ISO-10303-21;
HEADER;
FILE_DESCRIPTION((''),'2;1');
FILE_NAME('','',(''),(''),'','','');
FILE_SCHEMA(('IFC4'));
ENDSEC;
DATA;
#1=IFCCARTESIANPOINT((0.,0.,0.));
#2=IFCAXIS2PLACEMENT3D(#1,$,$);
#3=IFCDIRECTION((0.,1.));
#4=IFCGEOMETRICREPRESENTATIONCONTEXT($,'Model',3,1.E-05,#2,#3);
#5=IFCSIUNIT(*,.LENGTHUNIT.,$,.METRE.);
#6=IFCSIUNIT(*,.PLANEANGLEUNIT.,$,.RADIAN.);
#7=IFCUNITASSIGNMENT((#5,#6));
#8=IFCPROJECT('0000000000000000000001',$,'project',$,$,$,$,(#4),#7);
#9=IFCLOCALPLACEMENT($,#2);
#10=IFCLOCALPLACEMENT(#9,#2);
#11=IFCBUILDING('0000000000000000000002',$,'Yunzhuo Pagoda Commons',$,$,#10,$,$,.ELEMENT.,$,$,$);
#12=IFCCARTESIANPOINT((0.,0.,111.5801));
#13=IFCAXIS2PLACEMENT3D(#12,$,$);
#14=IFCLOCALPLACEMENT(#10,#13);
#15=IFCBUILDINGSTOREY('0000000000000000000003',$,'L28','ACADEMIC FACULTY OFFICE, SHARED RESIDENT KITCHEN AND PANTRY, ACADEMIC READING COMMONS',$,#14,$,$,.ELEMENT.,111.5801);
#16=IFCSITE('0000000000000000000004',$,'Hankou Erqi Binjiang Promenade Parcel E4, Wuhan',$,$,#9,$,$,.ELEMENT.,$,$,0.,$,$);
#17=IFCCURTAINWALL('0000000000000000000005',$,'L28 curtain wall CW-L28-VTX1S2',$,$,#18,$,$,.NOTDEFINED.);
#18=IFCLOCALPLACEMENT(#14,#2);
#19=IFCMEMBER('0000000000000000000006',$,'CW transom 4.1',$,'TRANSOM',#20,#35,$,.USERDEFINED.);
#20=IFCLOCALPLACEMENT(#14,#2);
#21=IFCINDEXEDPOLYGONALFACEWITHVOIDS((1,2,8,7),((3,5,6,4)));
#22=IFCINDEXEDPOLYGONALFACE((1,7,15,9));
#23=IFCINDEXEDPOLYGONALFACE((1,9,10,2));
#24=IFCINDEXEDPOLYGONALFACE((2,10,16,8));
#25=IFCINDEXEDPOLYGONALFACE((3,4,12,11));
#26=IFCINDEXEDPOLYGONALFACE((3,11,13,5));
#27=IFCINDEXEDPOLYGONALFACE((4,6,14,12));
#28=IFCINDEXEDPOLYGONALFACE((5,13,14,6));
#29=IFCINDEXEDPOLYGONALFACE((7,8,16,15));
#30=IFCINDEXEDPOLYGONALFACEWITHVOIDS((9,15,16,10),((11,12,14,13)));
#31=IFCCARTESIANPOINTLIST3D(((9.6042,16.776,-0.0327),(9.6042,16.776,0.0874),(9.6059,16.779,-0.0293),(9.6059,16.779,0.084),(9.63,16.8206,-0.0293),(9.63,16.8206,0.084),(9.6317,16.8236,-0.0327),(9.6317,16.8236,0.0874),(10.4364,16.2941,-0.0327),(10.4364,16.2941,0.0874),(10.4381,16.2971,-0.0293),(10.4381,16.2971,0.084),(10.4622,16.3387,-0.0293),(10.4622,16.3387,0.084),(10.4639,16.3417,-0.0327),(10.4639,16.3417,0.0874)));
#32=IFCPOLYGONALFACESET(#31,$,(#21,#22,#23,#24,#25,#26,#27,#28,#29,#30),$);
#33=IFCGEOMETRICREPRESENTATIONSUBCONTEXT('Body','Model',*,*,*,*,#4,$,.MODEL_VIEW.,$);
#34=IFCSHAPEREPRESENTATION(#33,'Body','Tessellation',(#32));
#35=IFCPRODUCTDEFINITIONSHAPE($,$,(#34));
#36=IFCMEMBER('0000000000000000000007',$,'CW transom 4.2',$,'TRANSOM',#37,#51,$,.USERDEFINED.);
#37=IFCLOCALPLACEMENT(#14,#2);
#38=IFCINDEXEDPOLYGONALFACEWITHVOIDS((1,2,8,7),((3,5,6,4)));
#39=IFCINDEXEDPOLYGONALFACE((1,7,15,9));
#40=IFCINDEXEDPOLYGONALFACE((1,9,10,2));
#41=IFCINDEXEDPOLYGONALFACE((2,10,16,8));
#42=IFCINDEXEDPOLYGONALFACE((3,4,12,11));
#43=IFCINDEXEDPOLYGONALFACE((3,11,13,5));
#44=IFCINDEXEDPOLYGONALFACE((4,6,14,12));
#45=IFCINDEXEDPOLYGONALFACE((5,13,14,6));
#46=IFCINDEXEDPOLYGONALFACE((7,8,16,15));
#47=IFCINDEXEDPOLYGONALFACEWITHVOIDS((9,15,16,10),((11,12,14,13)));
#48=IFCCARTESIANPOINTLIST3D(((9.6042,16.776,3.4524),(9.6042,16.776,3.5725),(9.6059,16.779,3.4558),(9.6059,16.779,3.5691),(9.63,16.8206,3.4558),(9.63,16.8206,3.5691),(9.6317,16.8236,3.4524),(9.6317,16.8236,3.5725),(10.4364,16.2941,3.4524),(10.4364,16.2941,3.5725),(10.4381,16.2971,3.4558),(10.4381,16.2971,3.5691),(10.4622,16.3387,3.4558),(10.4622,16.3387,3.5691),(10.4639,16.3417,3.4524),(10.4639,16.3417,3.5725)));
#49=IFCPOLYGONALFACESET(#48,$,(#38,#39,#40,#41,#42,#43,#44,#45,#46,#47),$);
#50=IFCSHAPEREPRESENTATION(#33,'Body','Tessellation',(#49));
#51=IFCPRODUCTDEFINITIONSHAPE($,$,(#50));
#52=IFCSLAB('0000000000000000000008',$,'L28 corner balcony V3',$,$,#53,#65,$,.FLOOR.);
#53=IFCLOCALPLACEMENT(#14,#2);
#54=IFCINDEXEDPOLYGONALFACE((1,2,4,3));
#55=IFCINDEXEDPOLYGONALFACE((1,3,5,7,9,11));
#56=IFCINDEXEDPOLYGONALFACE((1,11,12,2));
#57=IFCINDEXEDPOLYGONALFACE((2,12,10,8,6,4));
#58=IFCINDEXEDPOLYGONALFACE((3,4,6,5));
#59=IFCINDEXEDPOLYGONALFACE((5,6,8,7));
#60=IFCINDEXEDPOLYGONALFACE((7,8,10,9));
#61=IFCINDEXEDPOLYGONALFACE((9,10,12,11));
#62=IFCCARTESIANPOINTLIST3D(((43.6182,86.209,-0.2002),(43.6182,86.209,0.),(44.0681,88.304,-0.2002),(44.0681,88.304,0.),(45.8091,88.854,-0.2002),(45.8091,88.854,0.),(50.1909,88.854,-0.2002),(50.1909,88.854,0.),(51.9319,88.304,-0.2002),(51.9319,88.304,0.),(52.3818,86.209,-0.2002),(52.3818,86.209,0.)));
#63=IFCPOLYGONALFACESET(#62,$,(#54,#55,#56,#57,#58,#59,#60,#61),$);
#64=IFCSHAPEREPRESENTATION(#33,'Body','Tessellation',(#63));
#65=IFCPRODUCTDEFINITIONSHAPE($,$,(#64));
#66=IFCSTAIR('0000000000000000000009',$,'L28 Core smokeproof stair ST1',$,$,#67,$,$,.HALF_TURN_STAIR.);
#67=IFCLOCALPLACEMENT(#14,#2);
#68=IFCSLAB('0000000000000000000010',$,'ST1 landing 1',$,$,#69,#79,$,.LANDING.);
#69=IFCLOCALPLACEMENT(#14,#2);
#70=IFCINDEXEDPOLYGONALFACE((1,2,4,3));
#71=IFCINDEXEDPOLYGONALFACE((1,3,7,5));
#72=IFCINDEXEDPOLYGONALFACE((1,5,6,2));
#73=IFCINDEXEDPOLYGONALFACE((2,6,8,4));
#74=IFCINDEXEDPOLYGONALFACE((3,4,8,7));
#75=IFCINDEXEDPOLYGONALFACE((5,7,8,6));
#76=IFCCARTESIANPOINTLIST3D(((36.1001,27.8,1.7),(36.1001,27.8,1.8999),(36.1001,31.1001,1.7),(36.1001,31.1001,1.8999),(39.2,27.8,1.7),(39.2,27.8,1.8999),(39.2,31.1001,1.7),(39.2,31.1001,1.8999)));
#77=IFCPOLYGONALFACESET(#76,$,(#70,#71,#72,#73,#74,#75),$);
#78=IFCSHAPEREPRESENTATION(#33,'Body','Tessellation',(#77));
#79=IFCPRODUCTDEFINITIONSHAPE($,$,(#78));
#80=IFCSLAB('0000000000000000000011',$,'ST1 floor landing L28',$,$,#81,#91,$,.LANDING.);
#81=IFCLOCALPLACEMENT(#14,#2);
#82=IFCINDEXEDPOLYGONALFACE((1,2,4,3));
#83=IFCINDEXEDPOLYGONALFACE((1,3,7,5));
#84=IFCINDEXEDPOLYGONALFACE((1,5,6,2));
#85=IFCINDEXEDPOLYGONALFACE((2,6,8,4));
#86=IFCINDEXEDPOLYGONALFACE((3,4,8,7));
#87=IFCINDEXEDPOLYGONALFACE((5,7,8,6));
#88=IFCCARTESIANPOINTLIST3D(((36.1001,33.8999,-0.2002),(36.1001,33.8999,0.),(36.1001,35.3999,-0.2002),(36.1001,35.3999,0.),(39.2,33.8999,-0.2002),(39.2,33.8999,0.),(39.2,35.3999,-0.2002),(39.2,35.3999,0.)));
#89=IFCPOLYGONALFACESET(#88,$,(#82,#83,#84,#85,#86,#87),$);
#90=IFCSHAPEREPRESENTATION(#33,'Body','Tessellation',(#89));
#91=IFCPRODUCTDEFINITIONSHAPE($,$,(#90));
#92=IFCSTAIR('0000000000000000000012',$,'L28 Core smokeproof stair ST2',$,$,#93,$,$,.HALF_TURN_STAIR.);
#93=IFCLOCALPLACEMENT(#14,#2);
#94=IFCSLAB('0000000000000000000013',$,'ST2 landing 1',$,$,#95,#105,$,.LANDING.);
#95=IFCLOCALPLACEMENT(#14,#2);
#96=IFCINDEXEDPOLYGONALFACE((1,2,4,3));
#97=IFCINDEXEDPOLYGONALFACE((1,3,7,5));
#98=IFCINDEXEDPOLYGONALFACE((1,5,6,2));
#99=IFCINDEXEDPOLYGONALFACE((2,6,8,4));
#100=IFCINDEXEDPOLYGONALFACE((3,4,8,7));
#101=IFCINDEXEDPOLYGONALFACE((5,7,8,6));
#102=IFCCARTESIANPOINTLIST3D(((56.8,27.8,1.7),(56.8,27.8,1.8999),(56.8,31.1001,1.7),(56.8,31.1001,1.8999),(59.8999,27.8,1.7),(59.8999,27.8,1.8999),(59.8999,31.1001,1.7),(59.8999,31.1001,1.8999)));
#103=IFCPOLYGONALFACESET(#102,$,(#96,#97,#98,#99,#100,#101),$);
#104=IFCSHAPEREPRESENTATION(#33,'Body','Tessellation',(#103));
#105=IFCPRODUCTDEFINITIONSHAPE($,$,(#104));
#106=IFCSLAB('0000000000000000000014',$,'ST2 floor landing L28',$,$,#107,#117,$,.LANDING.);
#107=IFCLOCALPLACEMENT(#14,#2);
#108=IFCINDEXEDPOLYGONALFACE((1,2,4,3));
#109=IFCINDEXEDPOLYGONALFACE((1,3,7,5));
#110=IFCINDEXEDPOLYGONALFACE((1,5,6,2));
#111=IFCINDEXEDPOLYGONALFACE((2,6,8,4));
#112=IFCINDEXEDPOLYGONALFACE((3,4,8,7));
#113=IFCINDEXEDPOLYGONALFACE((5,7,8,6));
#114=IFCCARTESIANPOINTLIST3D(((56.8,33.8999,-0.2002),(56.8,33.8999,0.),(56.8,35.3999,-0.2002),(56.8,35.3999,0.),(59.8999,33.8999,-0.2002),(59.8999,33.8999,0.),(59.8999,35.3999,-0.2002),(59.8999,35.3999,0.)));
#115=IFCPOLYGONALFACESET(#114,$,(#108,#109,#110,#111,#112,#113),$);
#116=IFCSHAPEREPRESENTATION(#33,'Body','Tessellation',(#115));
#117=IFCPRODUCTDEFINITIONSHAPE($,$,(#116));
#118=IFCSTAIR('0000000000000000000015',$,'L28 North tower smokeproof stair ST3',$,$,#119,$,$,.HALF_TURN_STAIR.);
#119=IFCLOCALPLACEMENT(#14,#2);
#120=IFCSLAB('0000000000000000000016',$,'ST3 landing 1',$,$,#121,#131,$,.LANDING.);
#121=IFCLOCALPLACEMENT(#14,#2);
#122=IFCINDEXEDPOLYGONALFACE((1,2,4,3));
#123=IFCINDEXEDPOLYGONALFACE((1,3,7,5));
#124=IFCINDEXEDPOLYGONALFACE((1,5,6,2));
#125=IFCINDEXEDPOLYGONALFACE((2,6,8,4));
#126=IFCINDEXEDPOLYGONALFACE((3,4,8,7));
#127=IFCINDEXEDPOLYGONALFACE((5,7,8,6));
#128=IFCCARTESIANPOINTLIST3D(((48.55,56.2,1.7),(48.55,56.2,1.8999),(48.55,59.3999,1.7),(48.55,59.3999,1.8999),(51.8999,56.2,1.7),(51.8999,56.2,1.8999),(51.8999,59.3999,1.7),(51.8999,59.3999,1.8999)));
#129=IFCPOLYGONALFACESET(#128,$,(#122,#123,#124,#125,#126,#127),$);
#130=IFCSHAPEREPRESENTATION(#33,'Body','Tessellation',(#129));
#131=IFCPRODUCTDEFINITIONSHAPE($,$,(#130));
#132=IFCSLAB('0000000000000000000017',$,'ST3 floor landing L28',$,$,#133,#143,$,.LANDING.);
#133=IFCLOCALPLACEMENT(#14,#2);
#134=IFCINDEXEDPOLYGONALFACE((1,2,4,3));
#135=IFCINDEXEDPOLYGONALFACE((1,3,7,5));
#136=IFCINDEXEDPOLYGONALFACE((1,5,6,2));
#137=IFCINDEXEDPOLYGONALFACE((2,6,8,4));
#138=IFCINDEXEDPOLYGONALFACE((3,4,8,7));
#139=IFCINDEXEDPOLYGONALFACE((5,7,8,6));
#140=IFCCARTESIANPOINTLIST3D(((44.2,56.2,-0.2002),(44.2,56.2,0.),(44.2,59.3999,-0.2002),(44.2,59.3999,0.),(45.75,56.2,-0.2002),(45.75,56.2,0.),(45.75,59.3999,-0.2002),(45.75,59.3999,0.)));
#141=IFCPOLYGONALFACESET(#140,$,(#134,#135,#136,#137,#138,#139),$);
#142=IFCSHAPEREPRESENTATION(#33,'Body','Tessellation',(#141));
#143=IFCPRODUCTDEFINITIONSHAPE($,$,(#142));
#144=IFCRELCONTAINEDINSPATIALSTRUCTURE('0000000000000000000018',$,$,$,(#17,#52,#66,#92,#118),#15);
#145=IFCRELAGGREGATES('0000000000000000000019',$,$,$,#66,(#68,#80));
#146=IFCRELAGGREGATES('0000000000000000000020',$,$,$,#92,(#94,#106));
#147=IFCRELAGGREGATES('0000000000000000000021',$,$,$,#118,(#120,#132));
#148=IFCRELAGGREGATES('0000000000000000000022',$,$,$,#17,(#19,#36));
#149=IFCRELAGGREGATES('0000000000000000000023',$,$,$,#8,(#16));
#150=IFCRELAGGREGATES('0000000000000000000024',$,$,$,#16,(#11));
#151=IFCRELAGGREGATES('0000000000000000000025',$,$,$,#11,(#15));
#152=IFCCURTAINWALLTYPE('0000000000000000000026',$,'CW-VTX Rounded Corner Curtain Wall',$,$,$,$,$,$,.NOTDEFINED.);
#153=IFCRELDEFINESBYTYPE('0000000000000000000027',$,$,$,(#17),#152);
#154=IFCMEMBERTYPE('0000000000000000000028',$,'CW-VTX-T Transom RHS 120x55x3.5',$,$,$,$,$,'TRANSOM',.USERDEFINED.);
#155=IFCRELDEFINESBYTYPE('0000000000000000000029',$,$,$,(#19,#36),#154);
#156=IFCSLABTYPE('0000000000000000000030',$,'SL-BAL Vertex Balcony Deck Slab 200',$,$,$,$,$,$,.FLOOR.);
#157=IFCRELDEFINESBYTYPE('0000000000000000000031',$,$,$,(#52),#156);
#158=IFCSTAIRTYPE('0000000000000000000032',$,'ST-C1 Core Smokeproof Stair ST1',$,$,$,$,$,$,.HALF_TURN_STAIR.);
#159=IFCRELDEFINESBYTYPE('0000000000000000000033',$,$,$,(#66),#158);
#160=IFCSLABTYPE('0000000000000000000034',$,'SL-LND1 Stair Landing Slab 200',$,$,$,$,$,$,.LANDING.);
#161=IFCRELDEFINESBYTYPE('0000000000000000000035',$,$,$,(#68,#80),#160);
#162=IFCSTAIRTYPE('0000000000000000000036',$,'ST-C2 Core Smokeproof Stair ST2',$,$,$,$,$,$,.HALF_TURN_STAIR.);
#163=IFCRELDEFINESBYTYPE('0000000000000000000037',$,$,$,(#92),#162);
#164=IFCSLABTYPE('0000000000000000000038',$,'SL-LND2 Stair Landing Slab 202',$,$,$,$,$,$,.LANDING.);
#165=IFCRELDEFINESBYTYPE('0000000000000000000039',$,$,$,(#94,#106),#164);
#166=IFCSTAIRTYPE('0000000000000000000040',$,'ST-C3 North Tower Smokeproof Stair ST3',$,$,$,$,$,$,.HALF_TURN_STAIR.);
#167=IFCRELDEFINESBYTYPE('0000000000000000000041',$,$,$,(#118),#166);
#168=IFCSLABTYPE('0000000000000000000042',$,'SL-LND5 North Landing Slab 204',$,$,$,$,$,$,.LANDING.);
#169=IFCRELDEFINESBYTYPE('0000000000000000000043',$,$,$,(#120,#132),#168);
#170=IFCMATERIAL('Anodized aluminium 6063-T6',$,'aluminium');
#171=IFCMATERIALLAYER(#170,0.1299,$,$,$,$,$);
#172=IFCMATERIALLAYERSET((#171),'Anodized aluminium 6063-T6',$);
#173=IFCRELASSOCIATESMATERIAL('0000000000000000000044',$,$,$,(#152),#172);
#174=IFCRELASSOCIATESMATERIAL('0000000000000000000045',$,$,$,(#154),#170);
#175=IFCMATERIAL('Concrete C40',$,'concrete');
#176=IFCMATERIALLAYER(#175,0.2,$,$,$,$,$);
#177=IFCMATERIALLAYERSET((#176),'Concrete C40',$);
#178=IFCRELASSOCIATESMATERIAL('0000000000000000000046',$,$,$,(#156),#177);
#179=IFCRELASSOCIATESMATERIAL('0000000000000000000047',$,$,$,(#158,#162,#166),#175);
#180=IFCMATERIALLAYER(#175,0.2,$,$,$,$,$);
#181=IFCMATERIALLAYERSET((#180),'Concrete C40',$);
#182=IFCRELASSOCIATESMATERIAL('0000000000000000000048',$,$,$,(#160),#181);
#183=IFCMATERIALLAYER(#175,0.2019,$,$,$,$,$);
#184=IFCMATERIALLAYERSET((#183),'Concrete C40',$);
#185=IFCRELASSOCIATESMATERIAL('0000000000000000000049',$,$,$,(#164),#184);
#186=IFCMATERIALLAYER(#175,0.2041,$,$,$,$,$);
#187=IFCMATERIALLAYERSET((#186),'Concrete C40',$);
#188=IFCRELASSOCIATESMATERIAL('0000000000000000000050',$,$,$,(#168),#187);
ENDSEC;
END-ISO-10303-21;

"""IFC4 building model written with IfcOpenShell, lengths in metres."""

from ifc_helpers import new_model, si_unit, direction, frame, origin, origin_2d, place, context, subcontext, project, spatial, polyline, hollow_rectangle, outline, extrude, source, transform, mapped, material, layer, layer_set, material_profile, profile_set, type_object, element, aggregate, save


model = new_model("IFC4")

# Units and contexts
model_context = context("Model", 3, precision=1e-05, world=origin(), true_north=direction((0.0, 1.0)))
body_context = subcontext(model_context, "Body", "Model", "MODEL_VIEW")
ifc_project = project(units=[si_unit("LENGTHUNIT", "METRE"), si_unit("PLANEANGLEUNIT", "RADIAN")], contexts=[model_context])

# Site, building, storey
site_placement = place(None, origin())
site = spatial("IfcSite", under=ifc_project, at=site_placement, Name="Hankou Erqi Binjiang Promenade Parcel E4, Wuhan", CompositionType="ELEMENT", RefElevation=0.0)
building_placement = place(site_placement, origin())
building = spatial("IfcBuilding", under=site, at=building_placement, Name="Yunzhuo Pagoda Commons", CompositionType="ELEMENT")
storey_placement = place(building_placement, frame((0.0, 0.0, 111.5801)))
storey = spatial("IfcBuildingStorey", under=building, at=storey_placement, Name="L28", Description="ACADEMIC FACULTY OFFICE, SHARED RESIDENT KITCHEN AND PANTRY, ACADEMIC READING COMMONS", CompositionType="ELEMENT", Elevation=111.5801)

# Curtain wall
ifc_material_1 = material(Name="Anodized aluminium 6063-T6", Category="aluminium")
ifc_layer_1 = layer(ifc_material_1, 0.1299)
ifc_layer_set_1 = layer_set([ifc_layer_1], Name="Anodized aluminium 6063-T6")
curtain_wall_type = type_object("IfcCurtainWallType", Name="CW-VTX Rounded Corner Curtain Wall", PredefinedType="NOTDEFINED", material=ifc_layer_set_1)
curtain_wall_1_placement = place(storey_placement, origin())
curtain_wall_1 = element("IfcCurtainWall", 1, at=curtain_wall_1_placement, inside=storey, type_object=curtain_wall_type, Name="L28 curtain wall CW-L28-VTX1S2", PredefinedType="NOTDEFINED")
ifc_material_profile_1 = material_profile(ifc_material_1, hollow_rectangle(XDim=0.0549, YDim=0.1201, WallThickness=0.0034, at=origin_2d()), Name="Anodized aluminium 6063-T6")
ifc_profile_set_1 = profile_set([ifc_material_profile_1], Name="Anodized aluminium 6063-T6")
member_type_1 = type_object("IfcMemberType", Name="CW-VTX-T Transom RHS 120x55x3.5", ElementType="TRANSOM", PredefinedType="USERDEFINED", material=ifc_profile_set_1)

# Members
shared_shape_1 = source(origin(), body_context, "Body", "SweptSolid", [
    extrude(hollow_rectangle(XDim=0.0549, YDim=0.1201, WallThickness=0.0034, at=origin_2d()), origin(), (0.0, 0.0, 1.0), 0.9617),
])
member_1_placement = place(storey_placement, frame((9.6179, 16.7998, 0.0273), z_axis=(0.865386, -0.501106, 0.0), x_axis=(0.501106, 0.865386, 0.0)))
member_1 = element("IfcMember", 2, at=member_1_placement, type_object=member_type_1, Name="CW transom 4.1", ObjectType="TRANSOM", PredefinedType="USERDEFINED", context=body_context, shape_type="MappedRepresentation", body=[
    mapped(shared_shape_1, transform((0.0, 0.0, 0.0), scale=1.0)),
])
member_2_placement = place(storey_placement, frame((9.6179, 16.7998, 3.5125), z_axis=(0.865386, -0.501106, 0.0), x_axis=(0.501106, 0.865386, 0.0)))
member_2 = element("IfcMember", 3, at=member_2_placement, type_object=member_type_1, Name="CW transom 4.2", ObjectType="TRANSOM", PredefinedType="USERDEFINED", context=body_context, shape_type="MappedRepresentation", body=[
    mapped(shared_shape_1, transform((0.0, 0.0, 0.0), scale=1.0)),
])

# Slab
ifc_material_2 = material(Name="Concrete C40", Category="concrete")
ifc_layer_2 = layer(ifc_material_2, 0.2)
ifc_layer_set_2 = layer_set([ifc_layer_2], Name="Concrete C40")
slab_type_1 = type_object("IfcSlabType", Name="SL-BAL Vertex Balcony Deck Slab 200", PredefinedType="FLOOR", material=ifc_layer_set_2)
slab_1_placement = place(storey_placement, frame((0.0, 0.0, -0.2002)))
element("IfcSlab", 4, at=slab_1_placement, inside=storey, type_object=slab_type_1, Name="L28 corner balcony V3", PredefinedType="FLOOR", context=body_context, shape_type="SweptSolid", body=[
    extrude(outline(polyline([(52.3818, 86.209), (43.6182, 86.209), (44.0681, 88.304), (45.8091, 88.854), (50.1909, 88.854), (51.9319, 88.304), (52.3818, 86.209)])), origin(), (0.0, 0.0, 1.0), 0.2002),
])

# Stairs, slabs
stair_type_1 = type_object("IfcStairType", Name="ST-C1 Core Smokeproof Stair ST1", PredefinedType="HALF_TURN_STAIR", material=ifc_material_2)
stair_1_placement = place(storey_placement, origin())
stair_1 = element("IfcStair", 5, at=stair_1_placement, inside=storey, type_object=stair_type_1, Name="L28 Core smokeproof stair ST1", PredefinedType="HALF_TURN_STAIR")
ifc_layer_3 = layer(ifc_material_2, 0.2)
ifc_layer_set_3 = layer_set([ifc_layer_3], Name="Concrete C40")
slab_type_2 = type_object("IfcSlabType", Name="SL-LND1 Stair Landing Slab 200", PredefinedType="LANDING", material=ifc_layer_set_3)
slab_2_placement = place(storey_placement, frame((0.0, 0.0, 1.7)))
slab_2 = element("IfcSlab", 6, at=slab_2_placement, type_object=slab_type_2, Name="ST1 landing 1", PredefinedType="LANDING", context=body_context, shape_type="SweptSolid", body=[
    extrude(outline(polyline([(36.1001, 31.1001), (36.1001, 27.8), (39.2, 27.8), (39.2, 31.1001), (36.1001, 31.1001)])), origin(), (0.0, 0.0, 1.0), 0.2),
])
slab_3_placement = place(storey_placement, frame((0.0, 0.0, -0.2002)))
slab_3 = element("IfcSlab", 7, at=slab_3_placement, type_object=slab_type_2, Name="ST1 floor landing L28", PredefinedType="LANDING", context=body_context, shape_type="SweptSolid", body=[
    extrude(outline(polyline([(36.1001, 35.3999), (36.1001, 33.8999), (39.2, 33.8999), (39.2, 35.3999), (36.1001, 35.3999)])), origin(), (0.0, 0.0, 1.0), 0.2002),
])
aggregate(stair_1, [slab_2, slab_3])
stair_type_2 = type_object("IfcStairType", Name="ST-C2 Core Smokeproof Stair ST2", PredefinedType="HALF_TURN_STAIR", material=ifc_material_2)
stair_2_placement = place(storey_placement, origin())
stair_2 = element("IfcStair", 8, at=stair_2_placement, inside=storey, type_object=stair_type_2, Name="L28 Core smokeproof stair ST2", PredefinedType="HALF_TURN_STAIR")
ifc_layer_4 = layer(ifc_material_2, 0.2019)
ifc_layer_set_4 = layer_set([ifc_layer_4], Name="Concrete C40")
slab_type_3 = type_object("IfcSlabType", Name="SL-LND2 Stair Landing Slab 202", PredefinedType="LANDING", material=ifc_layer_set_4)
slab_4_placement = place(storey_placement, frame((0.0, 0.0, 1.7)))
slab_4 = element("IfcSlab", 9, at=slab_4_placement, type_object=slab_type_3, Name="ST2 landing 1", PredefinedType="LANDING", context=body_context, shape_type="SweptSolid", body=[
    extrude(outline(polyline([(56.8, 31.1001), (56.8, 27.8), (59.8999, 27.8), (59.8999, 31.1001), (56.8, 31.1001)])), origin(), (0.0, 0.0, 1.0), 0.2),
])
slab_5_placement = place(storey_placement, frame((0.0, 0.0, -0.2002)))
slab_5 = element("IfcSlab", 10, at=slab_5_placement, type_object=slab_type_3, Name="ST2 floor landing L28", PredefinedType="LANDING", context=body_context, shape_type="SweptSolid", body=[
    extrude(outline(polyline([(56.8, 35.3999), (56.8, 33.8999), (59.8999, 33.8999), (59.8999, 35.3999), (56.8, 35.3999)])), origin(), (0.0, 0.0, 1.0), 0.2002),
])
aggregate(stair_2, [slab_4, slab_5])
stair_type_3 = type_object("IfcStairType", Name="ST-C3 North Tower Smokeproof Stair ST3", PredefinedType="HALF_TURN_STAIR", material=ifc_material_2)
stair_3_placement = place(storey_placement, origin())
stair_3 = element("IfcStair", 11, at=stair_3_placement, inside=storey, type_object=stair_type_3, Name="L28 North tower smokeproof stair ST3", PredefinedType="HALF_TURN_STAIR")
ifc_layer_5 = layer(ifc_material_2, 0.2041)
ifc_layer_set_5 = layer_set([ifc_layer_5], Name="Concrete C40")
slab_type_4 = type_object("IfcSlabType", Name="SL-LND5 North Landing Slab 204", PredefinedType="LANDING", material=ifc_layer_set_5)
slab_6_placement = place(storey_placement, frame((0.0, 0.0, 1.7)))
slab_6 = element("IfcSlab", 12, at=slab_6_placement, type_object=slab_type_4, Name="ST3 landing 1", PredefinedType="LANDING", context=body_context, shape_type="SweptSolid", body=[
    extrude(outline(polyline([(48.55, 56.2), (51.8999, 56.2), (51.8999, 59.3999), (48.55, 59.3999), (48.55, 56.2)])), origin(), (0.0, 0.0, 1.0), 0.2),
])
slab_7_placement = place(storey_placement, frame((0.0, 0.0, -0.2002)))
slab_7 = element("IfcSlab", 13, at=slab_7_placement, type_object=slab_type_4, Name="ST3 floor landing L28", PredefinedType="LANDING", context=body_context, shape_type="SweptSolid", body=[
    extrude(outline(polyline([(44.2, 56.2), (45.75, 56.2), (45.75, 59.3999), (44.2, 59.3999), (44.2, 56.2)])), origin(), (0.0, 0.0, 1.0), 0.2002),
])
aggregate(stair_3, [slab_6, slab_7])

aggregate(curtain_wall_1, [member_1, member_2])

save(model, "model.ifc")
